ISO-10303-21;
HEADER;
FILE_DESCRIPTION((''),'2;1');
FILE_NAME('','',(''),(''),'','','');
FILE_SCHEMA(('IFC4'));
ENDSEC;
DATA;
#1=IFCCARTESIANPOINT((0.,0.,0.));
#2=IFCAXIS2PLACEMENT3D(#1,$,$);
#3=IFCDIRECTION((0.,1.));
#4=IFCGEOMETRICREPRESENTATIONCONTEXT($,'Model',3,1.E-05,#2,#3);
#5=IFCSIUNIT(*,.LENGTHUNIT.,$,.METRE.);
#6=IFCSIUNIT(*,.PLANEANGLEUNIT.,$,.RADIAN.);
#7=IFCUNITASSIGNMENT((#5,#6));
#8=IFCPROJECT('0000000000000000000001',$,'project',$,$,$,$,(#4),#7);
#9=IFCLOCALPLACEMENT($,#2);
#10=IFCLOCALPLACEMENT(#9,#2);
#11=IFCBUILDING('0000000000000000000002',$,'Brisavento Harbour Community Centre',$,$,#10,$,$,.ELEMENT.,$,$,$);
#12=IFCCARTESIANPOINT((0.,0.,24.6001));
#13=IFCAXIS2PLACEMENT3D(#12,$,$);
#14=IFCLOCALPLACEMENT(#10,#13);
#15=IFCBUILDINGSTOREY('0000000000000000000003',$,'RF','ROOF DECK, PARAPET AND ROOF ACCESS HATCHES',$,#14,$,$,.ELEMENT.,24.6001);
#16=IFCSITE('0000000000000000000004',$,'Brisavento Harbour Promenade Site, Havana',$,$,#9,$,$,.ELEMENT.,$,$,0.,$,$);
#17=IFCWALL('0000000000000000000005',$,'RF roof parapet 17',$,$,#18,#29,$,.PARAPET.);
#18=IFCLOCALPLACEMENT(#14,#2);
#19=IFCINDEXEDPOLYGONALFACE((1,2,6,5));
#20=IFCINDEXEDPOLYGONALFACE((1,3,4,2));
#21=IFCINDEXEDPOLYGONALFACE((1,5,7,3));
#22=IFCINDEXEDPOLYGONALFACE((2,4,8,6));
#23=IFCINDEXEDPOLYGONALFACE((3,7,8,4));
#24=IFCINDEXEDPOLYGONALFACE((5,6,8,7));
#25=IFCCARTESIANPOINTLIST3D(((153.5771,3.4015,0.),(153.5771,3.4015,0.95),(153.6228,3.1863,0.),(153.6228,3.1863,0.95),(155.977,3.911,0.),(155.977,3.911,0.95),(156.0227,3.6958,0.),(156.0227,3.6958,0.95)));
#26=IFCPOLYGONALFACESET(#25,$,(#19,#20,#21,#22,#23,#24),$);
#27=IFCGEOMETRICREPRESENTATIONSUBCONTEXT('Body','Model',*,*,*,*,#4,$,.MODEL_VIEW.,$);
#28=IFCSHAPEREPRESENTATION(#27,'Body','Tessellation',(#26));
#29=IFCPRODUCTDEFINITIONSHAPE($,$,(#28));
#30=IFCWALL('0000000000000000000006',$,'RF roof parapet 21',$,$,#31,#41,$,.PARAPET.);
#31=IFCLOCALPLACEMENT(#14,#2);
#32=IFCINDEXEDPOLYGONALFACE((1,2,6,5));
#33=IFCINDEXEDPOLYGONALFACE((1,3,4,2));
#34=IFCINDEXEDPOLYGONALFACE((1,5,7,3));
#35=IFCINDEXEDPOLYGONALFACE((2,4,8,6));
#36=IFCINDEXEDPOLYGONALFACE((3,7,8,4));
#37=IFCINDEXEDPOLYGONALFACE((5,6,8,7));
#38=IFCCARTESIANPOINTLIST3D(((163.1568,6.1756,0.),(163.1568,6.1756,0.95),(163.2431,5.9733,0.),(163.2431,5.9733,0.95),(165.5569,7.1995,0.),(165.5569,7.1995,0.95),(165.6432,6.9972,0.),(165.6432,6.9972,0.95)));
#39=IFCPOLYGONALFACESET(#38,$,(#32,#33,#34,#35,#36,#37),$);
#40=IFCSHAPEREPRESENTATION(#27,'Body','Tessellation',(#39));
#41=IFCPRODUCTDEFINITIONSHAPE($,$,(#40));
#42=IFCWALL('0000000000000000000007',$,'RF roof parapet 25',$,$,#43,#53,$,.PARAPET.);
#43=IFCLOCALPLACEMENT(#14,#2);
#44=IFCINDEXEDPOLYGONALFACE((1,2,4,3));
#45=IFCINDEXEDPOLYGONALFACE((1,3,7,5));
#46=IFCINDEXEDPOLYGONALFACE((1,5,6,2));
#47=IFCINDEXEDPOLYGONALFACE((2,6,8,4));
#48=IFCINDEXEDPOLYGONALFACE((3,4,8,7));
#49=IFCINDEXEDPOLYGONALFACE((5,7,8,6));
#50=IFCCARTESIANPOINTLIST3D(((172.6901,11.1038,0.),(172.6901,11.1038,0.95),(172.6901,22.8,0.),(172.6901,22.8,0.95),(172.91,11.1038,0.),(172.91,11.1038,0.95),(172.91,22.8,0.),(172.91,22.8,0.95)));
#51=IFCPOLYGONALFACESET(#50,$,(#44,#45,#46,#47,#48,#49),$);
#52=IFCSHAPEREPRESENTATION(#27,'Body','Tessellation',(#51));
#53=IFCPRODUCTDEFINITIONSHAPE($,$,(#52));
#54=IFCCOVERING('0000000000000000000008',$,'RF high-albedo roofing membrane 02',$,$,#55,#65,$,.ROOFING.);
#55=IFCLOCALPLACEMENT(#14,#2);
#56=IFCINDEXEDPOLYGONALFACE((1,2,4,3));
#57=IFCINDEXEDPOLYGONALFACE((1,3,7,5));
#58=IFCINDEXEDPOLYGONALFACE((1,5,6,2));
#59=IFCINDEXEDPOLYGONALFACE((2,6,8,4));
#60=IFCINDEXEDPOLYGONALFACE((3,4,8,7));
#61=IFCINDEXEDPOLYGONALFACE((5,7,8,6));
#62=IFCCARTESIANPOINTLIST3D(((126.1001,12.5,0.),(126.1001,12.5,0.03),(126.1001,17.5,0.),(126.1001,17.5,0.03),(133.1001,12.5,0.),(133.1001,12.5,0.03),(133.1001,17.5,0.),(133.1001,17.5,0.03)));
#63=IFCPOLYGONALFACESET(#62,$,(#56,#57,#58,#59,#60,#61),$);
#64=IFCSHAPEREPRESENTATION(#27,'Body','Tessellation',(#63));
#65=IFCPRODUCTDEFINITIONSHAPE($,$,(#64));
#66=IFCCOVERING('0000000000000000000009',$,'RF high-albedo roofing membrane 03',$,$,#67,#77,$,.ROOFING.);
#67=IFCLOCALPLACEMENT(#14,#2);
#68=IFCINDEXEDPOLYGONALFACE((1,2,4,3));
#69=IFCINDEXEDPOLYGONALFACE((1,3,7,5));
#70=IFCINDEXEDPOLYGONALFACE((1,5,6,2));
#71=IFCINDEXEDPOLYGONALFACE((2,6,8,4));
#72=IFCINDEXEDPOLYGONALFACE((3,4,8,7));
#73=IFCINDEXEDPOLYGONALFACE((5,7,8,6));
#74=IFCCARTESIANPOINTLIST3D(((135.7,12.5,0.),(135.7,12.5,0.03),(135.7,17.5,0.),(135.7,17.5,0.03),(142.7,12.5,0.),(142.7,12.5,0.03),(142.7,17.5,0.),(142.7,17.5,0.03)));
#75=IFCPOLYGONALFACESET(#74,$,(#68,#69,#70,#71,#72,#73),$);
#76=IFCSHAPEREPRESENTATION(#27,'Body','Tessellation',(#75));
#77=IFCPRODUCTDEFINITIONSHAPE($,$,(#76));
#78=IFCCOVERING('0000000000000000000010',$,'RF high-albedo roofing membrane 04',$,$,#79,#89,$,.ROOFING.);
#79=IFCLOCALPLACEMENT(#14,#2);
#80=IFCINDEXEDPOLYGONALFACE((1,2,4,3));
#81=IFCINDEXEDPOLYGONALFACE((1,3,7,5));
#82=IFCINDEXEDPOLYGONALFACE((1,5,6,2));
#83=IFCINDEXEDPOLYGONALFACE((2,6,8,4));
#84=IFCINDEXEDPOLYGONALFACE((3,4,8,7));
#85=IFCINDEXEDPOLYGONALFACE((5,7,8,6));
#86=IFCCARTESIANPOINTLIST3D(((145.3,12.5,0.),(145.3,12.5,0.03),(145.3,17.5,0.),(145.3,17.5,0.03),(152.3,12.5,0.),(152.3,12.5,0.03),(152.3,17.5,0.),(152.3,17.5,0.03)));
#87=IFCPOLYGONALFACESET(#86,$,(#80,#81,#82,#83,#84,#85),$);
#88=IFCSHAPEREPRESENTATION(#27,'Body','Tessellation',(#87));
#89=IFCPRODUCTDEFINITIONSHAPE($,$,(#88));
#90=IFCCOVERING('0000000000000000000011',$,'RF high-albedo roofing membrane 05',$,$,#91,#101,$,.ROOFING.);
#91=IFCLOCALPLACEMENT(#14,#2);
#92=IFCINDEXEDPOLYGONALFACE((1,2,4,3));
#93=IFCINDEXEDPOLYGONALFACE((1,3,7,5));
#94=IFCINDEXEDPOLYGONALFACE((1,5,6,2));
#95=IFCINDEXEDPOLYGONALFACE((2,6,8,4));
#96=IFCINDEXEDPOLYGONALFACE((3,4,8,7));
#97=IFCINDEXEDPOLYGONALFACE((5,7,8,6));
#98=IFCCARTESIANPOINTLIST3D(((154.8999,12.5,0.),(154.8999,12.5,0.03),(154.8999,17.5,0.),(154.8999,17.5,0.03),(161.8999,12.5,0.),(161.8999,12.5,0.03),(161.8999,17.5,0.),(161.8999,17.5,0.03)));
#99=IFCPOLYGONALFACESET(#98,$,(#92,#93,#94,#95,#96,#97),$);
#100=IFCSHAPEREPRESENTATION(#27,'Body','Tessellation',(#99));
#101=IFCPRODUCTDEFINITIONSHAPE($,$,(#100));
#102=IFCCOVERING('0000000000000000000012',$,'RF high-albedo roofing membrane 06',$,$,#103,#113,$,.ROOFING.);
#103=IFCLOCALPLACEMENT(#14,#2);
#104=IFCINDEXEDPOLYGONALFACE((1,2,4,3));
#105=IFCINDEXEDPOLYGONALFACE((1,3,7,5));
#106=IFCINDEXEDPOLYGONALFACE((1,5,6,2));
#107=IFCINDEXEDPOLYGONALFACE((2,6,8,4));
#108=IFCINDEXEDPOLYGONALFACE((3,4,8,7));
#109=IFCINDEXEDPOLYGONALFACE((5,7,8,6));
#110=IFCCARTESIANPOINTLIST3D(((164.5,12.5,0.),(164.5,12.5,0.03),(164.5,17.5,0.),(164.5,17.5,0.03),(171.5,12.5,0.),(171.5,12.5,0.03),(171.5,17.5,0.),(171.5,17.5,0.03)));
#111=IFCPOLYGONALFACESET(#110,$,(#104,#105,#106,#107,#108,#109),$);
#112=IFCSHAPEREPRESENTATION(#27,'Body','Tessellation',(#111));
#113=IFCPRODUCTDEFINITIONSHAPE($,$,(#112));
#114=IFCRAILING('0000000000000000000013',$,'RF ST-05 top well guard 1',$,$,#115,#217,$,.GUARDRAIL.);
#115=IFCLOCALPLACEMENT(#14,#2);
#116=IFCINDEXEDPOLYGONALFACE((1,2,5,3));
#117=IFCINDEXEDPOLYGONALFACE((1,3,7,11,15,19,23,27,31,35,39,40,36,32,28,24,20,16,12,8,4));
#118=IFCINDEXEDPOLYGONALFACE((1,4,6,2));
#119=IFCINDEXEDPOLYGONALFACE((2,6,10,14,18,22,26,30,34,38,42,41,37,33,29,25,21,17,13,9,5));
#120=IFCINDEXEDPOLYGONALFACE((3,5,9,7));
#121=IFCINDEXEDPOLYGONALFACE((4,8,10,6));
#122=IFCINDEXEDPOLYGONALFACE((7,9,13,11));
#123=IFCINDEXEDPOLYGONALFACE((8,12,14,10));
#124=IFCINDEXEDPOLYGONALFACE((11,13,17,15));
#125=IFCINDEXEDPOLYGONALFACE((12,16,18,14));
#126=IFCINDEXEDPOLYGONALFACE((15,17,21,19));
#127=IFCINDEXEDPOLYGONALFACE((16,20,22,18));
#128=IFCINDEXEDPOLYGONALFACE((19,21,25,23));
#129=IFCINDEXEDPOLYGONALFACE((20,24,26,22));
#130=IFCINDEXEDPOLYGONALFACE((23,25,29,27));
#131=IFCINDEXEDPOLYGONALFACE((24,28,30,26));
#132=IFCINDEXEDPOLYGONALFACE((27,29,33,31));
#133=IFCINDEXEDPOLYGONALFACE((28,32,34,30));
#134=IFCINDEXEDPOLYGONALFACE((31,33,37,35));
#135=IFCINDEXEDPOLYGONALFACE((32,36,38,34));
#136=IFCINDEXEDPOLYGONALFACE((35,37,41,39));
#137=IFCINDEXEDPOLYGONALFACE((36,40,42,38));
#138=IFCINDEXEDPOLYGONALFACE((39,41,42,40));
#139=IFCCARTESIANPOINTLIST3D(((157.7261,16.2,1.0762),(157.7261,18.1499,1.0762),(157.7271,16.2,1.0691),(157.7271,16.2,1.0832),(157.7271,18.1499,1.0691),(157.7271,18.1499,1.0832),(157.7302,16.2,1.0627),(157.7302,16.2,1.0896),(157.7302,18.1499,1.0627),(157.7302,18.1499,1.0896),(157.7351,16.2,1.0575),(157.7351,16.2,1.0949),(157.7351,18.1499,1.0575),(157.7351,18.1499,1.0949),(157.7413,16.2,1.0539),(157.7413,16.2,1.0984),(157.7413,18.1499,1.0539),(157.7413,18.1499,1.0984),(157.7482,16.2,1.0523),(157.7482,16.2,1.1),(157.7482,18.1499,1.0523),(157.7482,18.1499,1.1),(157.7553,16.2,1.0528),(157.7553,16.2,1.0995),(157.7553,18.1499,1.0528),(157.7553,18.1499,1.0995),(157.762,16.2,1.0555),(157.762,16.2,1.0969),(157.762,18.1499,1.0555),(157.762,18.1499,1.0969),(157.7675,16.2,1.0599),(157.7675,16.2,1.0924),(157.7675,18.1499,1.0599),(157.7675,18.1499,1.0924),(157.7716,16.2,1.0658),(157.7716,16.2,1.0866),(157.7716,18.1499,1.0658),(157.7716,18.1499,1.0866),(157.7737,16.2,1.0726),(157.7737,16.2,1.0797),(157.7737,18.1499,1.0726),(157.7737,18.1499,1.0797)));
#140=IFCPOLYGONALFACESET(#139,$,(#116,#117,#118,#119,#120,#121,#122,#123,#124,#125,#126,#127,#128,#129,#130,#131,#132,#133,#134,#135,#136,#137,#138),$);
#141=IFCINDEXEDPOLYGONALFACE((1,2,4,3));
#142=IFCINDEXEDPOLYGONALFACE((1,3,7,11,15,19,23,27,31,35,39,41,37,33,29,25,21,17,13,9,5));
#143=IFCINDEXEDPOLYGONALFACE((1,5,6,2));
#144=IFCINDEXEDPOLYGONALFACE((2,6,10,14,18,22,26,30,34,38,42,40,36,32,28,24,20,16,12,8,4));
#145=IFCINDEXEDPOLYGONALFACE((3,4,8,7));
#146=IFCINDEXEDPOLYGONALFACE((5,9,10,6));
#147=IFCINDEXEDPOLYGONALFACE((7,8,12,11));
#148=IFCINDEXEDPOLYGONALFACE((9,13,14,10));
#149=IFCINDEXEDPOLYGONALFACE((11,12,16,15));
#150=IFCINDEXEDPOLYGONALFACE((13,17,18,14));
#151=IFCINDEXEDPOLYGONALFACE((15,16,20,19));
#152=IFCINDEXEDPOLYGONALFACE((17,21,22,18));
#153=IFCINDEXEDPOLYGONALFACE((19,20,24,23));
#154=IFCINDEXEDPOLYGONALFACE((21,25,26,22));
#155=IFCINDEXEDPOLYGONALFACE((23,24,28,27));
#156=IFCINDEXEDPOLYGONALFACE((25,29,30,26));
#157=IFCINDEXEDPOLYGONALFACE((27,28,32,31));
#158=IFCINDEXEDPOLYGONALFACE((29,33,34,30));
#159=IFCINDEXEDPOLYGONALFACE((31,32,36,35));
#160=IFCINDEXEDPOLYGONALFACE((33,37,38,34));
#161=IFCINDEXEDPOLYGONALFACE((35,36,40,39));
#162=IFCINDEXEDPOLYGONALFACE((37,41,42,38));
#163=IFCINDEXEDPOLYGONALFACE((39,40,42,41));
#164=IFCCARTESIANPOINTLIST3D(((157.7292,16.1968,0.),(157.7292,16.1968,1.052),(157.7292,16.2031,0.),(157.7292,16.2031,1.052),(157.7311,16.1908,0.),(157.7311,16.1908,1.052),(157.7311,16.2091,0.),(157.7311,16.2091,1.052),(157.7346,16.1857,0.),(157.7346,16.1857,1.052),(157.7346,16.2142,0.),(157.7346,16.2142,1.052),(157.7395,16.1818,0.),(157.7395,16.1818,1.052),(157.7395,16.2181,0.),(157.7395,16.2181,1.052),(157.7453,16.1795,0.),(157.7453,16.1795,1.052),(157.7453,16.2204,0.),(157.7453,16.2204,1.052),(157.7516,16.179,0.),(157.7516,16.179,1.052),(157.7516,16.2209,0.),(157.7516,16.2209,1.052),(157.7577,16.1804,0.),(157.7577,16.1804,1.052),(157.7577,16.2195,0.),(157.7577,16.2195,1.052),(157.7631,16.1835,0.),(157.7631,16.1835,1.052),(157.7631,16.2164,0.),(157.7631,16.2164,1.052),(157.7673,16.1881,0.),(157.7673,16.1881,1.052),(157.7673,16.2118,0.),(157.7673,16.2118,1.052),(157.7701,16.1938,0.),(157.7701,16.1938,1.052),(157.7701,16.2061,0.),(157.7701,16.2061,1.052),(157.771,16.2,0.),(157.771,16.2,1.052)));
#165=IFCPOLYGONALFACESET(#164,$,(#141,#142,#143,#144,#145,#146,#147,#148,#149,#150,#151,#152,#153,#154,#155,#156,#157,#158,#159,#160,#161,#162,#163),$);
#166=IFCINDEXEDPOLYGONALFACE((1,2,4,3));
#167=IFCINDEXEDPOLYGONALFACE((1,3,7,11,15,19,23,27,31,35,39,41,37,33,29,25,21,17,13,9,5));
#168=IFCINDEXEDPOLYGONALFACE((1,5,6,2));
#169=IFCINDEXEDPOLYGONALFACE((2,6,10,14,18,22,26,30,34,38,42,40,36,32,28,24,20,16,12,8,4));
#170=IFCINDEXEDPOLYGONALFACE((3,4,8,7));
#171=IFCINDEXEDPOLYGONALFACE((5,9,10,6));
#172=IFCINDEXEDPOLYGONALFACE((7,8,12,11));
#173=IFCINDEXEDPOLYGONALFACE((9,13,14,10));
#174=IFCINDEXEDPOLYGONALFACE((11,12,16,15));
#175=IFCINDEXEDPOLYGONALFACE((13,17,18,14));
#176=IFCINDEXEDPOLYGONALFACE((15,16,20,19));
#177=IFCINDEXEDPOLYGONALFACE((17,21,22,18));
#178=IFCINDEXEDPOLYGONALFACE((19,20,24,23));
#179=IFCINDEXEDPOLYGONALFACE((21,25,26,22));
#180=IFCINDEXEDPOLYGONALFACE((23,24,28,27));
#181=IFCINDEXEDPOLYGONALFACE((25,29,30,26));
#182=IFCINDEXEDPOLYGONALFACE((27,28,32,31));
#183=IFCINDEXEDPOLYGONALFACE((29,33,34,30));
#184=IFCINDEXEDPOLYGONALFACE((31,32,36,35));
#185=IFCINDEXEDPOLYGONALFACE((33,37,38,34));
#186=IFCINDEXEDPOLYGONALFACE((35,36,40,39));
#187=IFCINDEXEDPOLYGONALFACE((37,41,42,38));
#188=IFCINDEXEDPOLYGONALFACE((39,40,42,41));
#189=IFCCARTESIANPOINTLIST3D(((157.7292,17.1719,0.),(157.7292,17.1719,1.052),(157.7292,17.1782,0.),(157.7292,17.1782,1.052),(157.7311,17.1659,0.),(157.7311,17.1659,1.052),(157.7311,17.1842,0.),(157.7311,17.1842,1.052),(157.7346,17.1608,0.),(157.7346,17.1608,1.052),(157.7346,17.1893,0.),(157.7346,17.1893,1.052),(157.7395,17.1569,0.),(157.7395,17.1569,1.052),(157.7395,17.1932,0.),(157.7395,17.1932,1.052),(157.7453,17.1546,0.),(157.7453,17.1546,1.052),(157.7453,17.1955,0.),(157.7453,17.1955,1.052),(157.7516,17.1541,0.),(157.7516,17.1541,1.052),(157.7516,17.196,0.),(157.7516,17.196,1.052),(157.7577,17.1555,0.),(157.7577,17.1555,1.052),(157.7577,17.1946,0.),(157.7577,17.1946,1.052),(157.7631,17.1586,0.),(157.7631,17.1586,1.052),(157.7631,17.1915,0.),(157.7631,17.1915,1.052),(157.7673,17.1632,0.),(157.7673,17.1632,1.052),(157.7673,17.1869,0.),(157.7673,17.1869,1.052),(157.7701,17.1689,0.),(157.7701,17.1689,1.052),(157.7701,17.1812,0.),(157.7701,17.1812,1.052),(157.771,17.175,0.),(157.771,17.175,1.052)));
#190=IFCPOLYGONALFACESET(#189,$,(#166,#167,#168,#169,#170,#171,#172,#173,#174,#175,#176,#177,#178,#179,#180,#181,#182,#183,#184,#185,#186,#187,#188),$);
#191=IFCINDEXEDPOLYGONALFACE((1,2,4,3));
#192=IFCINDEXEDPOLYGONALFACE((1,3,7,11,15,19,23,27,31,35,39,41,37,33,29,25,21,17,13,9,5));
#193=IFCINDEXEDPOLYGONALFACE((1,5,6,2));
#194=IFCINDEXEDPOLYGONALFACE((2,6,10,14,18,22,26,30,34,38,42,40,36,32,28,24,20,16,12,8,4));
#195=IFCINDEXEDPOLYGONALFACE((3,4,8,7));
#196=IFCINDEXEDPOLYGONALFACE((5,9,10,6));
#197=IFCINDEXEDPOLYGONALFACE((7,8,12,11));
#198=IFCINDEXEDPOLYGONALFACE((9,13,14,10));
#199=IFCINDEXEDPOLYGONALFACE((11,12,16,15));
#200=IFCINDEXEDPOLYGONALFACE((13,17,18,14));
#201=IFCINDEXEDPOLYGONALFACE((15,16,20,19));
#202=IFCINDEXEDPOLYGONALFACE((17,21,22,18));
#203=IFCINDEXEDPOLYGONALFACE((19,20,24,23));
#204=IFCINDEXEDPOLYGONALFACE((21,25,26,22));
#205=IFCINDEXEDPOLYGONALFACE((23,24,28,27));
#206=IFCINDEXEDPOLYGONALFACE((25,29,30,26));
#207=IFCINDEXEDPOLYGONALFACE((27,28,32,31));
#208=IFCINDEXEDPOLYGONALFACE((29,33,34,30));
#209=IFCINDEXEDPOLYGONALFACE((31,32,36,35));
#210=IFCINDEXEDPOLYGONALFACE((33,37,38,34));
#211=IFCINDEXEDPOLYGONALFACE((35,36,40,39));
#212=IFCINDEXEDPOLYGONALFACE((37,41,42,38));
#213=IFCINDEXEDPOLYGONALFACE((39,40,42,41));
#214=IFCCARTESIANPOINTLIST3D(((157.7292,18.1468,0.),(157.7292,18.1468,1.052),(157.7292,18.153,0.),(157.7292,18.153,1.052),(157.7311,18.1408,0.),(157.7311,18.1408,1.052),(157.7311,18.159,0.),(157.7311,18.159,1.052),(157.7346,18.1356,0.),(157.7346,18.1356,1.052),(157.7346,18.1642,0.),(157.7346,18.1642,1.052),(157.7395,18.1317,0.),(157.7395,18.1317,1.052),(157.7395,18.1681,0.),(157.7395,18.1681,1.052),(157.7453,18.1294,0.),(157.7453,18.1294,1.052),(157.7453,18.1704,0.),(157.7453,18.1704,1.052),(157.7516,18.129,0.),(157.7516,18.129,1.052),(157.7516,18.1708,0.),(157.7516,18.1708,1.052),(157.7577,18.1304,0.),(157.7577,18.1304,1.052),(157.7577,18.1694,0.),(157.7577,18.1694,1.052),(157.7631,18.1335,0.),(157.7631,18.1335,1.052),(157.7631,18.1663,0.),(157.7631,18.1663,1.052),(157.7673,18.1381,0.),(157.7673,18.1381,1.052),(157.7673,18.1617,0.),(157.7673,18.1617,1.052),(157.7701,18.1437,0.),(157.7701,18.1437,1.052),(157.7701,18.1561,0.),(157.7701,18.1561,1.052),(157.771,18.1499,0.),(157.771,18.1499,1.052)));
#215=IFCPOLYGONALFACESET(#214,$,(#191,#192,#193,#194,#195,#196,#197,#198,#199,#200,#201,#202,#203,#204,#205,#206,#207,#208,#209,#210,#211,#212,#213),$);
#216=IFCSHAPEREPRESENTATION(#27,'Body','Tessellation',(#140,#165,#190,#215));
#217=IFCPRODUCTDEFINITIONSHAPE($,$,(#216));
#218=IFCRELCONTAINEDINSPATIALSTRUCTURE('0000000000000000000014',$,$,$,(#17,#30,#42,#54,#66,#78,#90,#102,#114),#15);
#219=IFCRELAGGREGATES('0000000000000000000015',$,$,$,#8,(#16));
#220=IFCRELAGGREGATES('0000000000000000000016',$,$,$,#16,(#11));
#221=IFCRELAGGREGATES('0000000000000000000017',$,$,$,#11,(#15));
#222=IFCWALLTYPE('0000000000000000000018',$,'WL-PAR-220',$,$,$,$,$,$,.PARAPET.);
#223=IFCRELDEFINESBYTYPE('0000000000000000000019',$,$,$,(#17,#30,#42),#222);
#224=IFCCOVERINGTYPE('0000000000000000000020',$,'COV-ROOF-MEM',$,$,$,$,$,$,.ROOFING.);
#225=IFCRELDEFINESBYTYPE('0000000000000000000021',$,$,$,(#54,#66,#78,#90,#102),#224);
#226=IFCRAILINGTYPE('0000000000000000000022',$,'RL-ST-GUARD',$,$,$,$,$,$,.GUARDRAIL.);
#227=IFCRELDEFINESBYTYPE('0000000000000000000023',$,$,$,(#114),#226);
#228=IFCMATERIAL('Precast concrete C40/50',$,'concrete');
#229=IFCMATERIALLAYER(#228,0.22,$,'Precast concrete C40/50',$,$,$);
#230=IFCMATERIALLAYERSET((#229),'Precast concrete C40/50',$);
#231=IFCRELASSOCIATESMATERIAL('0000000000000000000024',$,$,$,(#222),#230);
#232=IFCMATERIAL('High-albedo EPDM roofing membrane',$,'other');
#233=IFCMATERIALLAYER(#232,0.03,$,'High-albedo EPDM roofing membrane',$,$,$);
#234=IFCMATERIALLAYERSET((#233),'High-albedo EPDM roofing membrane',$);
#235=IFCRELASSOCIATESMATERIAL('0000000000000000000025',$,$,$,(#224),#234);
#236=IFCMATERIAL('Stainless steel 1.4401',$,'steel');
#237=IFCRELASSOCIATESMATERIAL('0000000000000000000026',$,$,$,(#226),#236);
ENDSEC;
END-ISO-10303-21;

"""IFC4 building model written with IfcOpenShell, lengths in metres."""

from ifc_helpers import new_model, si_unit, direction, frame, frame_2d, origin, origin_2d, place, context, subcontext, project, spatial, rectangle, circle, extrude, material, layer, layer_set, type_object, element, save


model = new_model("IFC4")

# Units and contexts
model_context = context("Model", 3, precision=1e-05, world=origin(), true_north=direction((0.0, 1.0)))
body_context = subcontext(model_context, "Body", "Model", "MODEL_VIEW")
ifc_project = project(units=[si_unit("LENGTHUNIT", "METRE"), si_unit("PLANEANGLEUNIT", "RADIAN")], contexts=[model_context])

# Site, building, storey
site_placement = place(None, origin())
site = spatial("IfcSite", under=ifc_project, at=site_placement, Name="Brisavento Harbour Promenade Site, Havana", CompositionType="ELEMENT", RefElevation=0.0)
building_placement = place(site_placement, origin())
building = spatial("IfcBuilding", under=site, at=building_placement, Name="Brisavento Harbour Community Centre", CompositionType="ELEMENT")
storey_placement = place(building_placement, frame((0.0, 0.0, 24.6001)))
storey = spatial("IfcBuildingStorey", under=building, at=storey_placement, Name="RF", Description="ROOF DECK, PARAPET AND ROOF ACCESS HATCHES", CompositionType="ELEMENT", Elevation=24.6001)

# Shared definitions
ifc_material_1 = material(Name="Precast concrete C40/50", Category="concrete")

# Walls
ifc_layer_1 = layer(ifc_material_1, 0.22, Name="Precast concrete C40/50")
ifc_layer_set_1 = layer_set([ifc_layer_1], Name="Precast concrete C40/50")
wall_type_1 = type_object("IfcWallType", Name="WL-PAR-220", PredefinedType="PARAPET", material=ifc_layer_set_1)
wall_1_placement = place(storey_placement, frame((153.6001, 3.2939, 0.0), z_axis=(0.0, 0.0, 1.0), x_axis=(0.978197, 0.20768, 0.0)))
element("IfcWall", 1, at=wall_1_placement, inside=storey, type_object=wall_type_1, Name="RF roof parapet 17", PredefinedType="PARAPET", context=body_context, shape_type="SweptSolid", body=[
    extrude(rectangle(XDim=2.4534, YDim=0.22, at=frame_2d((1.2266, 0.0))), origin(), (0.0, 0.0, 1.0), 0.95),
])
wall_2_placement = place(storey_placement, frame((163.2, 6.0745, 0.0), z_axis=(0.0, 0.0, 1.0), x_axis=(0.919797, 0.392394, 0.0)))
element("IfcWall", 2, at=wall_2_placement, inside=storey, type_object=wall_type_1, Name="RF roof parapet 21", PredefinedType="PARAPET", context=body_context, shape_type="SweptSolid", body=[
    extrude(rectangle(XDim=2.6094, YDim=0.22, at=frame_2d((1.3047, 0.0))), origin(), (0.0, 0.0, 1.0), 0.95),
])
wall_3_placement = place(storey_placement, frame((172.8, 11.1038, 0.0), z_axis=(0.0, 0.0, 1.0), x_axis=(0.0, 1.0, 0.0)))
element("IfcWall", 3, at=wall_3_placement, inside=storey, type_object=wall_type_1, Name="RF roof parapet 25", PredefinedType="PARAPET", context=body_context, shape_type="SweptSolid", body=[
    extrude(rectangle(XDim=11.6963, YDim=0.22, at=frame_2d((5.8481, 0.0))), origin(), (0.0, 0.0, 1.0), 0.95),
])

# Coverings
ifc_material_2 = material(Name="High-albedo EPDM roofing membrane", Category="other")
ifc_layer_2 = layer(ifc_material_2, 0.03, Name="High-albedo EPDM roofing membrane")
ifc_layer_set_2 = layer_set([ifc_layer_2], Name="High-albedo EPDM roofing membrane")
covering_type = type_object("IfcCoveringType", Name="COV-ROOF-MEM", PredefinedType="ROOFING", material=ifc_layer_set_2)
for number, where, z_axis, x_axis, name in (
    (4, (129.6001, 15.0, 0.0), (0.0, 0.0, 1.0), (1.0, 0.0, 0.0), "RF high-albedo roofing membrane 02"),
    (5, (139.2, 15.0, 0.0), (0.0, 0.0, 1.0), (1.0, 0.0, 0.0), "RF high-albedo roofing membrane 03"),
    (6, (148.8, 15.0, 0.0), (0.0, 0.0, 1.0), (1.0, 0.0, 0.0), "RF high-albedo roofing membrane 04"),
    (7, (158.3999, 15.0, 0.0), (0.0, 0.0, 1.0), (1.0, 0.0, 0.0), "RF high-albedo roofing membrane 05"),
    (8, (168.0, 15.0, 0.0), (0.0, 0.0, 1.0), (1.0, 0.0, 0.0), "RF high-albedo roofing membrane 06"),
):
    element("IfcCovering", number, at=place(storey_placement, frame(where, z_axis=z_axis, x_axis=x_axis)), inside=storey, type_object=covering_type, Name=name, PredefinedType="ROOFING", context=body_context, shape_type="SweptSolid", body=[
        extrude(rectangle(XDim=7.0, YDim=5.0, at=origin_2d()), origin(), (0.0, 0.0, 1.0), 0.03),
    ])

# Railing
ifc_material_3 = material(Name="Stainless steel 1.4401", Category="steel")
railing_type = type_object("IfcRailingType", Name="RL-ST-GUARD", PredefinedType="GUARDRAIL", material=ifc_material_3)
railing_placement = place(storey_placement, frame((157.75, 16.2, 0.0)))
element("IfcRailing", 9, at=railing_placement, inside=storey, type_object=railing_type, Name="RF ST-05 top well guard 1", PredefinedType="GUARDRAIL", context=body_context, shape_type="SweptSolid", body=[
    extrude(circle(Radius=0.0239, at=origin_2d()), frame((0.0, 0.0, 1.0762), z_axis=(0.0, 1.0, 0.0), x_axis=(-1.0, 0.0, 0.0)), (0.0, 0.0, 1.0), 1.95),
    extrude(circle(Radius=0.021, at=origin_2d()), origin(), (0.0, 0.0, 1.0), 1.052),
    extrude(circle(Radius=0.021, at=origin_2d()), frame((0.0, 0.9751, 0.0)), (0.0, 0.0, 1.0), 1.052),
    extrude(circle(Radius=0.021, at=origin_2d()), frame((0.0, 1.95, 0.0)), (0.0, 0.0, 1.0), 1.052),
])

save(model, "model.ifc")
